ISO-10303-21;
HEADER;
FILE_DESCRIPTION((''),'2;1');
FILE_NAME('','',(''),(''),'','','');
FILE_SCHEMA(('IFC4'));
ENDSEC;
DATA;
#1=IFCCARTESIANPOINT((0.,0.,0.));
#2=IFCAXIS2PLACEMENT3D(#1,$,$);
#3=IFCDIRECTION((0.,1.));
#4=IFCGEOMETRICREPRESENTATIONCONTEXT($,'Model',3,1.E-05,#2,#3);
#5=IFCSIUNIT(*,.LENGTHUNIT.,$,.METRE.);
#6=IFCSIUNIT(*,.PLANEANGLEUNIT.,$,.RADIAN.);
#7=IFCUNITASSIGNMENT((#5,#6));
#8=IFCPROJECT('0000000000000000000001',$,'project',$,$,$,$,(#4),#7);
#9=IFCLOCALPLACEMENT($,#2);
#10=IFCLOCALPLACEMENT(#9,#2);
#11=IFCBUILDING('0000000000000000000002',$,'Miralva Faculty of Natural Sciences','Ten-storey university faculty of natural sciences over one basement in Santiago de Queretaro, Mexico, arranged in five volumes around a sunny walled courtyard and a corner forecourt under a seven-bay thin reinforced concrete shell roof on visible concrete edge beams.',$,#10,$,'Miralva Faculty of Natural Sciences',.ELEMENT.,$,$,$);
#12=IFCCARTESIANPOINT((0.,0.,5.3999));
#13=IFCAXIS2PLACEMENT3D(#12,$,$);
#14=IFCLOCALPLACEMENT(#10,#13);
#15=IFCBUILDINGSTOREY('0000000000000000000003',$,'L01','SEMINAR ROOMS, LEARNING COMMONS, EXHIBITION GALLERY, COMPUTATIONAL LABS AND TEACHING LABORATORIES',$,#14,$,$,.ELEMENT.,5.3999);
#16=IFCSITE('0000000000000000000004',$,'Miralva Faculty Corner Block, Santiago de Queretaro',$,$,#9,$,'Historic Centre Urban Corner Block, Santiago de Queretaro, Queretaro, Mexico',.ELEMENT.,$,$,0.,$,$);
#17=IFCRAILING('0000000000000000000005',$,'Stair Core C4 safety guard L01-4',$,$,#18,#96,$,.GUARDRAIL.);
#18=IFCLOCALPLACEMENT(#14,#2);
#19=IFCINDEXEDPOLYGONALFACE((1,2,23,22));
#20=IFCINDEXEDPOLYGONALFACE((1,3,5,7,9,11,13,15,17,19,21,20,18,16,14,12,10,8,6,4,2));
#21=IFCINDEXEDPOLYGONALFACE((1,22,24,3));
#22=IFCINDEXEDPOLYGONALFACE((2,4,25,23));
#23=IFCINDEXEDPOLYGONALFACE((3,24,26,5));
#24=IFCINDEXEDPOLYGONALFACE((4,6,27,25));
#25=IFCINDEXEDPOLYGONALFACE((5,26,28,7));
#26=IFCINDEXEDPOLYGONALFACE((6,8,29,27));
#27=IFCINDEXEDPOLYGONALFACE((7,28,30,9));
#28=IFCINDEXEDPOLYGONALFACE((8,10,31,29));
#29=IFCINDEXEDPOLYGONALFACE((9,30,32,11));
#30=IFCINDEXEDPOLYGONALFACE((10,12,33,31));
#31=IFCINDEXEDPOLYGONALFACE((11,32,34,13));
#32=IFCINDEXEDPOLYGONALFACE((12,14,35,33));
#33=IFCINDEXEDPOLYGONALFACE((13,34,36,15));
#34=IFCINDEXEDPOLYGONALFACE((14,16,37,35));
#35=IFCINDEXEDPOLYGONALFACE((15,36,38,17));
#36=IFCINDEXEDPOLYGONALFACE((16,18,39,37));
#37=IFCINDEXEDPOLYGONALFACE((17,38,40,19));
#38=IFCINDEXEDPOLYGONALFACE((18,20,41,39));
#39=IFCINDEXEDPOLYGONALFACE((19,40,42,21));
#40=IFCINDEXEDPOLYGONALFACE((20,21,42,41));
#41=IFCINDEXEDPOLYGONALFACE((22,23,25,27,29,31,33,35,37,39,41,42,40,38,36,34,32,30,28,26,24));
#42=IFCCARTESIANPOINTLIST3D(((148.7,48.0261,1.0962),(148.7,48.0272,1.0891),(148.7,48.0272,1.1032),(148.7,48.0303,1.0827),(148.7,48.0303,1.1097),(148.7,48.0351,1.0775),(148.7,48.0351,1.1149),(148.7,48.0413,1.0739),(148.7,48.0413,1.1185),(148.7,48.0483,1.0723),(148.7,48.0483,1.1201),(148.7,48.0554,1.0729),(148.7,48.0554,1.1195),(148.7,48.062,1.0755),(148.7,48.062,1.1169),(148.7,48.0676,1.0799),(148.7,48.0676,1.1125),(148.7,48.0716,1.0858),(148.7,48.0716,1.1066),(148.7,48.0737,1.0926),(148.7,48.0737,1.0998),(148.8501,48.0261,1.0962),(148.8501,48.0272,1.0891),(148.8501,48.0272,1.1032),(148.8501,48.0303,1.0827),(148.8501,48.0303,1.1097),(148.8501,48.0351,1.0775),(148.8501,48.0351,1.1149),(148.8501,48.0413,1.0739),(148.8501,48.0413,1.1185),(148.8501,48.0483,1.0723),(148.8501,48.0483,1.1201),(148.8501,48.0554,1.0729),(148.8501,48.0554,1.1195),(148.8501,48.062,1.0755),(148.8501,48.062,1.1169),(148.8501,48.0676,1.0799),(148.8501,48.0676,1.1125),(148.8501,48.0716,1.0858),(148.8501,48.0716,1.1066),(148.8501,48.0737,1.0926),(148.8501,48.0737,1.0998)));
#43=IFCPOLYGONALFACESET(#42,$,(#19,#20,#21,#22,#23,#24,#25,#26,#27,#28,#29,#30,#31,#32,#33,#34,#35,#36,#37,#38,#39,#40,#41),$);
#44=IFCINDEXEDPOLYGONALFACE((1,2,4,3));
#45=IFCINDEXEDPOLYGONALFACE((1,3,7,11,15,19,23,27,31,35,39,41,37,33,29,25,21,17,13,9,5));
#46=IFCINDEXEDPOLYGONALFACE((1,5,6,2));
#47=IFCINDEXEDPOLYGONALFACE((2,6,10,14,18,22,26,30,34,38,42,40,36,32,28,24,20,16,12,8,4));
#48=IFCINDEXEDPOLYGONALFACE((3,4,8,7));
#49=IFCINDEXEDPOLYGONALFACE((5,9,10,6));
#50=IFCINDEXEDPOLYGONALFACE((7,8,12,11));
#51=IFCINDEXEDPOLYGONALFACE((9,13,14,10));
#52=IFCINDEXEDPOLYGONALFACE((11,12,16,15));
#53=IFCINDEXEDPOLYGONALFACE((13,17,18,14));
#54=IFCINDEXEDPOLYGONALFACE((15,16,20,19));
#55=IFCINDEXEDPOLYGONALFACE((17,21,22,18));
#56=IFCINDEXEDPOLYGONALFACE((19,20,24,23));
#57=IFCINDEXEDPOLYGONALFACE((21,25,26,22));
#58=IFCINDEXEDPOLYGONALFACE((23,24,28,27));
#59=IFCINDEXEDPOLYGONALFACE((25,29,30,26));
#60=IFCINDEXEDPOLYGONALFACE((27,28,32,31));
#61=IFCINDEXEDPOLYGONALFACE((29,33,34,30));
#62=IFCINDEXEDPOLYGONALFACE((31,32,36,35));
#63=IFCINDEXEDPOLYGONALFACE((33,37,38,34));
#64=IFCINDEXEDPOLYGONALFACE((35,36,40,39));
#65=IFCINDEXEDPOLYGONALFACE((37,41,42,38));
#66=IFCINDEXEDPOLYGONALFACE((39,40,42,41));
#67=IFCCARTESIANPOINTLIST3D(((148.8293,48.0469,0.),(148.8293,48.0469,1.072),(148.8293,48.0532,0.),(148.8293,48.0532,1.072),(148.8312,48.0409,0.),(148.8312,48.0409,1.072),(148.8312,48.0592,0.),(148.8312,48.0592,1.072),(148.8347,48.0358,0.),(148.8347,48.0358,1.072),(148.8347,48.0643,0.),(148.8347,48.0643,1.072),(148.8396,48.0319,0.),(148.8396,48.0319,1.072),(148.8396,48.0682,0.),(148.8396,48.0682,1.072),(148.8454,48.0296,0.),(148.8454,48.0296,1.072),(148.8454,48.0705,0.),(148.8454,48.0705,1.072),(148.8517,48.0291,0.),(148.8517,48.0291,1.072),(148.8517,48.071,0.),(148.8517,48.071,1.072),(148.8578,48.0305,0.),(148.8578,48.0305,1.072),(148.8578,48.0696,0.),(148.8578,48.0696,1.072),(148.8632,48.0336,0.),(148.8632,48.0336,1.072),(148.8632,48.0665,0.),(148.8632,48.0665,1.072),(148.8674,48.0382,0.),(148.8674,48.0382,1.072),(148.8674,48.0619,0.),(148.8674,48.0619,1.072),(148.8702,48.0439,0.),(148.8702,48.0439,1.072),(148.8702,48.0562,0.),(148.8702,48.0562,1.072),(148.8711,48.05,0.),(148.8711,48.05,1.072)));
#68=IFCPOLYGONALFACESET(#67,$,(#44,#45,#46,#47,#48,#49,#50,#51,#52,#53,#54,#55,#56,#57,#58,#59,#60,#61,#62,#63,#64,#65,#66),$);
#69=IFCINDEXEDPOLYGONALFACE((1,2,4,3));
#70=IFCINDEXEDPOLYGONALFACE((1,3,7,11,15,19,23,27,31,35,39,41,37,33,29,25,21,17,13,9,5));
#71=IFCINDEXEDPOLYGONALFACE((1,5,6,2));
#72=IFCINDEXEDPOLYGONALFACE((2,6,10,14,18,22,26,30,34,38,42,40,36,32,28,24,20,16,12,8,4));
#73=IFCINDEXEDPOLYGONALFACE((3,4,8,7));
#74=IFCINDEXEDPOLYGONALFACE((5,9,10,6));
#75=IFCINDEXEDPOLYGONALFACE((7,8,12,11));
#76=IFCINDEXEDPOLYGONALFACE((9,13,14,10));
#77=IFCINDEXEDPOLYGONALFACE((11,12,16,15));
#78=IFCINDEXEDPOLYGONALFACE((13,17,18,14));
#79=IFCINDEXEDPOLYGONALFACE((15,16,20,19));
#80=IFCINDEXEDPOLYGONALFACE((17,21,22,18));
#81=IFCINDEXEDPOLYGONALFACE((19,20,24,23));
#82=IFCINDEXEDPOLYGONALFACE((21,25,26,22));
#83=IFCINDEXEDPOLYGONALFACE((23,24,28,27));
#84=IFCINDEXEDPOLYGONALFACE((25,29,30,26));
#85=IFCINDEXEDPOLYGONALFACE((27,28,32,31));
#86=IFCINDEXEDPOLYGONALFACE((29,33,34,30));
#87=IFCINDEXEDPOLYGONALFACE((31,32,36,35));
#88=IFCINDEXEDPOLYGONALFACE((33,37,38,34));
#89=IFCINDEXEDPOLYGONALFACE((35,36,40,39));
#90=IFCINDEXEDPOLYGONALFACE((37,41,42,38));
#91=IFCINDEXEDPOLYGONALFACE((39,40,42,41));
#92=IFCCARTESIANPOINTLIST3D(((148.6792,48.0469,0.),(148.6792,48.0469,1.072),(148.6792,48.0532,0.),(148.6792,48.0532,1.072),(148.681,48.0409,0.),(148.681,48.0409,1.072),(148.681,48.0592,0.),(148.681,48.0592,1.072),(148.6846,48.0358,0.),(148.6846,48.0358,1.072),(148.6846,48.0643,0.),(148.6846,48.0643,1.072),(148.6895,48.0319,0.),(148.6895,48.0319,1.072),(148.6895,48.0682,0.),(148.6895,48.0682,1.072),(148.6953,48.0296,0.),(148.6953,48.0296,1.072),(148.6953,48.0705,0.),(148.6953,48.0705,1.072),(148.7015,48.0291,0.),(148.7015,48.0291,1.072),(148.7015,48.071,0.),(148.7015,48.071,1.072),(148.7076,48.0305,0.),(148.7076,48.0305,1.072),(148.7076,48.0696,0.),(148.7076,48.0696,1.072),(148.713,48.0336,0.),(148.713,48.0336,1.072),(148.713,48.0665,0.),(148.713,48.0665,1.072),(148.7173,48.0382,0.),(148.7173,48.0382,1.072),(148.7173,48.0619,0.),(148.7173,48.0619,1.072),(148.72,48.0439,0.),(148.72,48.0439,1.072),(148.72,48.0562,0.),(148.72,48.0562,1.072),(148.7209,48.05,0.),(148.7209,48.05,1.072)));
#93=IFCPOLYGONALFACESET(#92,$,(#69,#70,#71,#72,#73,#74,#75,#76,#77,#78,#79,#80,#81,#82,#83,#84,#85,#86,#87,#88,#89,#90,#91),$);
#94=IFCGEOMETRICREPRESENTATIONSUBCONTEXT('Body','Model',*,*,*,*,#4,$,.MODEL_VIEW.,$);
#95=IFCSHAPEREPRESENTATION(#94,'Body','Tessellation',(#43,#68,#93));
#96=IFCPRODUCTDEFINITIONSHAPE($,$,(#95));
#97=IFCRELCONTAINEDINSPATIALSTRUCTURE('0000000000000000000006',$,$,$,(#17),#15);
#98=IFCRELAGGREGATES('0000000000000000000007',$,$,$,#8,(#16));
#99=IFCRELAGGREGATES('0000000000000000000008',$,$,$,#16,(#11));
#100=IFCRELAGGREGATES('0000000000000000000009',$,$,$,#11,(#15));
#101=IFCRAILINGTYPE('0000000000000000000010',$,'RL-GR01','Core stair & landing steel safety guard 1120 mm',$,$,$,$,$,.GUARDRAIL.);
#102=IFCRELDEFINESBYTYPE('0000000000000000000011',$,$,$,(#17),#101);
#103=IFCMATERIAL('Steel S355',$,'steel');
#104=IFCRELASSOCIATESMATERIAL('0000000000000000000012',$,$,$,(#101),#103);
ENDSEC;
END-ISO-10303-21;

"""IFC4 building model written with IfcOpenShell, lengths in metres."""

from ifc_helpers import new_model, si_unit, direction, frame, origin, origin_2d, place, context, subcontext, project, spatial, circle, extrude, material, type_object, element, save


model = new_model("IFC4")

# Units and contexts
model_context = context("Model", 3, precision=1e-05, world=origin(), true_north=direction((0.0, 1.0)))
body_context = subcontext(model_context, "Body", "Model", "MODEL_VIEW")
ifc_project = project(units=[si_unit("LENGTHUNIT", "METRE"), si_unit("PLANEANGLEUNIT", "RADIAN")], contexts=[model_context])

# Site, building, storey
site_placement = place(None, origin())
site = spatial("IfcSite", under=ifc_project, at=site_placement, Name="Miralva Faculty Corner Block, Santiago de Queretaro", LongName="Historic Centre Urban Corner Block, Santiago de Queretaro, Queretaro, Mexico", CompositionType="ELEMENT", RefElevation=0.0)
building_placement = place(site_placement, origin())
building = spatial("IfcBuilding", under=site, at=building_placement, Name="Miralva Faculty of Natural Sciences", Description="Ten-storey university faculty of natural sciences over one basement in Santiago de Queretaro, Mexico, arranged in five volumes around a sunny walled courtyard and a corner forecourt under a seven-bay thin reinforced concrete shell roof on visible concrete edge beams.", LongName="Miralva Faculty of Natural Sciences", CompositionType="ELEMENT")
storey_placement = place(building_placement, frame((0.0, 0.0, 5.3999)))
storey = spatial("IfcBuildingStorey", under=building, at=storey_placement, Name="L01", Description="SEMINAR ROOMS, LEARNING COMMONS, EXHIBITION GALLERY, COMPUTATIONAL LABS AND TEACHING LABORATORIES", CompositionType="ELEMENT", Elevation=5.3999)

# Railing
ifc_material_1 = material(Name="Steel S355", Category="steel")
railing_type_1 = type_object("IfcRailingType", Name="RL-GR01", Description="Core stair & landing steel safety guard 1120 mm", PredefinedType="GUARDRAIL", material=ifc_material_1)
railing_1_placement = place(storey_placement, frame((148.8501, 48.05, 0.0)))
element("IfcRailing", 1, at=railing_1_placement, inside=storey, type_object=railing_type_1, Name="Stair Core C4 safety guard L01-4", PredefinedType="GUARDRAIL", context=body_context, shape_type="SweptSolid", body=[
    extrude(circle(Radius=0.0239, at=origin_2d()), frame((0.0, 0.0, 1.0962), z_axis=(-1.0, 0.0, 0.0), x_axis=(0.0, -1.0, 0.0)), (0.0, 0.0, 1.0), 0.1501),
    extrude(circle(Radius=0.021, at=origin_2d()), origin(), (0.0, 0.0, 1.0), 1.072),
    extrude(circle(Radius=0.021, at=origin_2d()), frame((-0.1501, 0.0, 0.0)), (0.0, 0.0, 1.0), 1.072),
])

save(model, "model.ifc")
